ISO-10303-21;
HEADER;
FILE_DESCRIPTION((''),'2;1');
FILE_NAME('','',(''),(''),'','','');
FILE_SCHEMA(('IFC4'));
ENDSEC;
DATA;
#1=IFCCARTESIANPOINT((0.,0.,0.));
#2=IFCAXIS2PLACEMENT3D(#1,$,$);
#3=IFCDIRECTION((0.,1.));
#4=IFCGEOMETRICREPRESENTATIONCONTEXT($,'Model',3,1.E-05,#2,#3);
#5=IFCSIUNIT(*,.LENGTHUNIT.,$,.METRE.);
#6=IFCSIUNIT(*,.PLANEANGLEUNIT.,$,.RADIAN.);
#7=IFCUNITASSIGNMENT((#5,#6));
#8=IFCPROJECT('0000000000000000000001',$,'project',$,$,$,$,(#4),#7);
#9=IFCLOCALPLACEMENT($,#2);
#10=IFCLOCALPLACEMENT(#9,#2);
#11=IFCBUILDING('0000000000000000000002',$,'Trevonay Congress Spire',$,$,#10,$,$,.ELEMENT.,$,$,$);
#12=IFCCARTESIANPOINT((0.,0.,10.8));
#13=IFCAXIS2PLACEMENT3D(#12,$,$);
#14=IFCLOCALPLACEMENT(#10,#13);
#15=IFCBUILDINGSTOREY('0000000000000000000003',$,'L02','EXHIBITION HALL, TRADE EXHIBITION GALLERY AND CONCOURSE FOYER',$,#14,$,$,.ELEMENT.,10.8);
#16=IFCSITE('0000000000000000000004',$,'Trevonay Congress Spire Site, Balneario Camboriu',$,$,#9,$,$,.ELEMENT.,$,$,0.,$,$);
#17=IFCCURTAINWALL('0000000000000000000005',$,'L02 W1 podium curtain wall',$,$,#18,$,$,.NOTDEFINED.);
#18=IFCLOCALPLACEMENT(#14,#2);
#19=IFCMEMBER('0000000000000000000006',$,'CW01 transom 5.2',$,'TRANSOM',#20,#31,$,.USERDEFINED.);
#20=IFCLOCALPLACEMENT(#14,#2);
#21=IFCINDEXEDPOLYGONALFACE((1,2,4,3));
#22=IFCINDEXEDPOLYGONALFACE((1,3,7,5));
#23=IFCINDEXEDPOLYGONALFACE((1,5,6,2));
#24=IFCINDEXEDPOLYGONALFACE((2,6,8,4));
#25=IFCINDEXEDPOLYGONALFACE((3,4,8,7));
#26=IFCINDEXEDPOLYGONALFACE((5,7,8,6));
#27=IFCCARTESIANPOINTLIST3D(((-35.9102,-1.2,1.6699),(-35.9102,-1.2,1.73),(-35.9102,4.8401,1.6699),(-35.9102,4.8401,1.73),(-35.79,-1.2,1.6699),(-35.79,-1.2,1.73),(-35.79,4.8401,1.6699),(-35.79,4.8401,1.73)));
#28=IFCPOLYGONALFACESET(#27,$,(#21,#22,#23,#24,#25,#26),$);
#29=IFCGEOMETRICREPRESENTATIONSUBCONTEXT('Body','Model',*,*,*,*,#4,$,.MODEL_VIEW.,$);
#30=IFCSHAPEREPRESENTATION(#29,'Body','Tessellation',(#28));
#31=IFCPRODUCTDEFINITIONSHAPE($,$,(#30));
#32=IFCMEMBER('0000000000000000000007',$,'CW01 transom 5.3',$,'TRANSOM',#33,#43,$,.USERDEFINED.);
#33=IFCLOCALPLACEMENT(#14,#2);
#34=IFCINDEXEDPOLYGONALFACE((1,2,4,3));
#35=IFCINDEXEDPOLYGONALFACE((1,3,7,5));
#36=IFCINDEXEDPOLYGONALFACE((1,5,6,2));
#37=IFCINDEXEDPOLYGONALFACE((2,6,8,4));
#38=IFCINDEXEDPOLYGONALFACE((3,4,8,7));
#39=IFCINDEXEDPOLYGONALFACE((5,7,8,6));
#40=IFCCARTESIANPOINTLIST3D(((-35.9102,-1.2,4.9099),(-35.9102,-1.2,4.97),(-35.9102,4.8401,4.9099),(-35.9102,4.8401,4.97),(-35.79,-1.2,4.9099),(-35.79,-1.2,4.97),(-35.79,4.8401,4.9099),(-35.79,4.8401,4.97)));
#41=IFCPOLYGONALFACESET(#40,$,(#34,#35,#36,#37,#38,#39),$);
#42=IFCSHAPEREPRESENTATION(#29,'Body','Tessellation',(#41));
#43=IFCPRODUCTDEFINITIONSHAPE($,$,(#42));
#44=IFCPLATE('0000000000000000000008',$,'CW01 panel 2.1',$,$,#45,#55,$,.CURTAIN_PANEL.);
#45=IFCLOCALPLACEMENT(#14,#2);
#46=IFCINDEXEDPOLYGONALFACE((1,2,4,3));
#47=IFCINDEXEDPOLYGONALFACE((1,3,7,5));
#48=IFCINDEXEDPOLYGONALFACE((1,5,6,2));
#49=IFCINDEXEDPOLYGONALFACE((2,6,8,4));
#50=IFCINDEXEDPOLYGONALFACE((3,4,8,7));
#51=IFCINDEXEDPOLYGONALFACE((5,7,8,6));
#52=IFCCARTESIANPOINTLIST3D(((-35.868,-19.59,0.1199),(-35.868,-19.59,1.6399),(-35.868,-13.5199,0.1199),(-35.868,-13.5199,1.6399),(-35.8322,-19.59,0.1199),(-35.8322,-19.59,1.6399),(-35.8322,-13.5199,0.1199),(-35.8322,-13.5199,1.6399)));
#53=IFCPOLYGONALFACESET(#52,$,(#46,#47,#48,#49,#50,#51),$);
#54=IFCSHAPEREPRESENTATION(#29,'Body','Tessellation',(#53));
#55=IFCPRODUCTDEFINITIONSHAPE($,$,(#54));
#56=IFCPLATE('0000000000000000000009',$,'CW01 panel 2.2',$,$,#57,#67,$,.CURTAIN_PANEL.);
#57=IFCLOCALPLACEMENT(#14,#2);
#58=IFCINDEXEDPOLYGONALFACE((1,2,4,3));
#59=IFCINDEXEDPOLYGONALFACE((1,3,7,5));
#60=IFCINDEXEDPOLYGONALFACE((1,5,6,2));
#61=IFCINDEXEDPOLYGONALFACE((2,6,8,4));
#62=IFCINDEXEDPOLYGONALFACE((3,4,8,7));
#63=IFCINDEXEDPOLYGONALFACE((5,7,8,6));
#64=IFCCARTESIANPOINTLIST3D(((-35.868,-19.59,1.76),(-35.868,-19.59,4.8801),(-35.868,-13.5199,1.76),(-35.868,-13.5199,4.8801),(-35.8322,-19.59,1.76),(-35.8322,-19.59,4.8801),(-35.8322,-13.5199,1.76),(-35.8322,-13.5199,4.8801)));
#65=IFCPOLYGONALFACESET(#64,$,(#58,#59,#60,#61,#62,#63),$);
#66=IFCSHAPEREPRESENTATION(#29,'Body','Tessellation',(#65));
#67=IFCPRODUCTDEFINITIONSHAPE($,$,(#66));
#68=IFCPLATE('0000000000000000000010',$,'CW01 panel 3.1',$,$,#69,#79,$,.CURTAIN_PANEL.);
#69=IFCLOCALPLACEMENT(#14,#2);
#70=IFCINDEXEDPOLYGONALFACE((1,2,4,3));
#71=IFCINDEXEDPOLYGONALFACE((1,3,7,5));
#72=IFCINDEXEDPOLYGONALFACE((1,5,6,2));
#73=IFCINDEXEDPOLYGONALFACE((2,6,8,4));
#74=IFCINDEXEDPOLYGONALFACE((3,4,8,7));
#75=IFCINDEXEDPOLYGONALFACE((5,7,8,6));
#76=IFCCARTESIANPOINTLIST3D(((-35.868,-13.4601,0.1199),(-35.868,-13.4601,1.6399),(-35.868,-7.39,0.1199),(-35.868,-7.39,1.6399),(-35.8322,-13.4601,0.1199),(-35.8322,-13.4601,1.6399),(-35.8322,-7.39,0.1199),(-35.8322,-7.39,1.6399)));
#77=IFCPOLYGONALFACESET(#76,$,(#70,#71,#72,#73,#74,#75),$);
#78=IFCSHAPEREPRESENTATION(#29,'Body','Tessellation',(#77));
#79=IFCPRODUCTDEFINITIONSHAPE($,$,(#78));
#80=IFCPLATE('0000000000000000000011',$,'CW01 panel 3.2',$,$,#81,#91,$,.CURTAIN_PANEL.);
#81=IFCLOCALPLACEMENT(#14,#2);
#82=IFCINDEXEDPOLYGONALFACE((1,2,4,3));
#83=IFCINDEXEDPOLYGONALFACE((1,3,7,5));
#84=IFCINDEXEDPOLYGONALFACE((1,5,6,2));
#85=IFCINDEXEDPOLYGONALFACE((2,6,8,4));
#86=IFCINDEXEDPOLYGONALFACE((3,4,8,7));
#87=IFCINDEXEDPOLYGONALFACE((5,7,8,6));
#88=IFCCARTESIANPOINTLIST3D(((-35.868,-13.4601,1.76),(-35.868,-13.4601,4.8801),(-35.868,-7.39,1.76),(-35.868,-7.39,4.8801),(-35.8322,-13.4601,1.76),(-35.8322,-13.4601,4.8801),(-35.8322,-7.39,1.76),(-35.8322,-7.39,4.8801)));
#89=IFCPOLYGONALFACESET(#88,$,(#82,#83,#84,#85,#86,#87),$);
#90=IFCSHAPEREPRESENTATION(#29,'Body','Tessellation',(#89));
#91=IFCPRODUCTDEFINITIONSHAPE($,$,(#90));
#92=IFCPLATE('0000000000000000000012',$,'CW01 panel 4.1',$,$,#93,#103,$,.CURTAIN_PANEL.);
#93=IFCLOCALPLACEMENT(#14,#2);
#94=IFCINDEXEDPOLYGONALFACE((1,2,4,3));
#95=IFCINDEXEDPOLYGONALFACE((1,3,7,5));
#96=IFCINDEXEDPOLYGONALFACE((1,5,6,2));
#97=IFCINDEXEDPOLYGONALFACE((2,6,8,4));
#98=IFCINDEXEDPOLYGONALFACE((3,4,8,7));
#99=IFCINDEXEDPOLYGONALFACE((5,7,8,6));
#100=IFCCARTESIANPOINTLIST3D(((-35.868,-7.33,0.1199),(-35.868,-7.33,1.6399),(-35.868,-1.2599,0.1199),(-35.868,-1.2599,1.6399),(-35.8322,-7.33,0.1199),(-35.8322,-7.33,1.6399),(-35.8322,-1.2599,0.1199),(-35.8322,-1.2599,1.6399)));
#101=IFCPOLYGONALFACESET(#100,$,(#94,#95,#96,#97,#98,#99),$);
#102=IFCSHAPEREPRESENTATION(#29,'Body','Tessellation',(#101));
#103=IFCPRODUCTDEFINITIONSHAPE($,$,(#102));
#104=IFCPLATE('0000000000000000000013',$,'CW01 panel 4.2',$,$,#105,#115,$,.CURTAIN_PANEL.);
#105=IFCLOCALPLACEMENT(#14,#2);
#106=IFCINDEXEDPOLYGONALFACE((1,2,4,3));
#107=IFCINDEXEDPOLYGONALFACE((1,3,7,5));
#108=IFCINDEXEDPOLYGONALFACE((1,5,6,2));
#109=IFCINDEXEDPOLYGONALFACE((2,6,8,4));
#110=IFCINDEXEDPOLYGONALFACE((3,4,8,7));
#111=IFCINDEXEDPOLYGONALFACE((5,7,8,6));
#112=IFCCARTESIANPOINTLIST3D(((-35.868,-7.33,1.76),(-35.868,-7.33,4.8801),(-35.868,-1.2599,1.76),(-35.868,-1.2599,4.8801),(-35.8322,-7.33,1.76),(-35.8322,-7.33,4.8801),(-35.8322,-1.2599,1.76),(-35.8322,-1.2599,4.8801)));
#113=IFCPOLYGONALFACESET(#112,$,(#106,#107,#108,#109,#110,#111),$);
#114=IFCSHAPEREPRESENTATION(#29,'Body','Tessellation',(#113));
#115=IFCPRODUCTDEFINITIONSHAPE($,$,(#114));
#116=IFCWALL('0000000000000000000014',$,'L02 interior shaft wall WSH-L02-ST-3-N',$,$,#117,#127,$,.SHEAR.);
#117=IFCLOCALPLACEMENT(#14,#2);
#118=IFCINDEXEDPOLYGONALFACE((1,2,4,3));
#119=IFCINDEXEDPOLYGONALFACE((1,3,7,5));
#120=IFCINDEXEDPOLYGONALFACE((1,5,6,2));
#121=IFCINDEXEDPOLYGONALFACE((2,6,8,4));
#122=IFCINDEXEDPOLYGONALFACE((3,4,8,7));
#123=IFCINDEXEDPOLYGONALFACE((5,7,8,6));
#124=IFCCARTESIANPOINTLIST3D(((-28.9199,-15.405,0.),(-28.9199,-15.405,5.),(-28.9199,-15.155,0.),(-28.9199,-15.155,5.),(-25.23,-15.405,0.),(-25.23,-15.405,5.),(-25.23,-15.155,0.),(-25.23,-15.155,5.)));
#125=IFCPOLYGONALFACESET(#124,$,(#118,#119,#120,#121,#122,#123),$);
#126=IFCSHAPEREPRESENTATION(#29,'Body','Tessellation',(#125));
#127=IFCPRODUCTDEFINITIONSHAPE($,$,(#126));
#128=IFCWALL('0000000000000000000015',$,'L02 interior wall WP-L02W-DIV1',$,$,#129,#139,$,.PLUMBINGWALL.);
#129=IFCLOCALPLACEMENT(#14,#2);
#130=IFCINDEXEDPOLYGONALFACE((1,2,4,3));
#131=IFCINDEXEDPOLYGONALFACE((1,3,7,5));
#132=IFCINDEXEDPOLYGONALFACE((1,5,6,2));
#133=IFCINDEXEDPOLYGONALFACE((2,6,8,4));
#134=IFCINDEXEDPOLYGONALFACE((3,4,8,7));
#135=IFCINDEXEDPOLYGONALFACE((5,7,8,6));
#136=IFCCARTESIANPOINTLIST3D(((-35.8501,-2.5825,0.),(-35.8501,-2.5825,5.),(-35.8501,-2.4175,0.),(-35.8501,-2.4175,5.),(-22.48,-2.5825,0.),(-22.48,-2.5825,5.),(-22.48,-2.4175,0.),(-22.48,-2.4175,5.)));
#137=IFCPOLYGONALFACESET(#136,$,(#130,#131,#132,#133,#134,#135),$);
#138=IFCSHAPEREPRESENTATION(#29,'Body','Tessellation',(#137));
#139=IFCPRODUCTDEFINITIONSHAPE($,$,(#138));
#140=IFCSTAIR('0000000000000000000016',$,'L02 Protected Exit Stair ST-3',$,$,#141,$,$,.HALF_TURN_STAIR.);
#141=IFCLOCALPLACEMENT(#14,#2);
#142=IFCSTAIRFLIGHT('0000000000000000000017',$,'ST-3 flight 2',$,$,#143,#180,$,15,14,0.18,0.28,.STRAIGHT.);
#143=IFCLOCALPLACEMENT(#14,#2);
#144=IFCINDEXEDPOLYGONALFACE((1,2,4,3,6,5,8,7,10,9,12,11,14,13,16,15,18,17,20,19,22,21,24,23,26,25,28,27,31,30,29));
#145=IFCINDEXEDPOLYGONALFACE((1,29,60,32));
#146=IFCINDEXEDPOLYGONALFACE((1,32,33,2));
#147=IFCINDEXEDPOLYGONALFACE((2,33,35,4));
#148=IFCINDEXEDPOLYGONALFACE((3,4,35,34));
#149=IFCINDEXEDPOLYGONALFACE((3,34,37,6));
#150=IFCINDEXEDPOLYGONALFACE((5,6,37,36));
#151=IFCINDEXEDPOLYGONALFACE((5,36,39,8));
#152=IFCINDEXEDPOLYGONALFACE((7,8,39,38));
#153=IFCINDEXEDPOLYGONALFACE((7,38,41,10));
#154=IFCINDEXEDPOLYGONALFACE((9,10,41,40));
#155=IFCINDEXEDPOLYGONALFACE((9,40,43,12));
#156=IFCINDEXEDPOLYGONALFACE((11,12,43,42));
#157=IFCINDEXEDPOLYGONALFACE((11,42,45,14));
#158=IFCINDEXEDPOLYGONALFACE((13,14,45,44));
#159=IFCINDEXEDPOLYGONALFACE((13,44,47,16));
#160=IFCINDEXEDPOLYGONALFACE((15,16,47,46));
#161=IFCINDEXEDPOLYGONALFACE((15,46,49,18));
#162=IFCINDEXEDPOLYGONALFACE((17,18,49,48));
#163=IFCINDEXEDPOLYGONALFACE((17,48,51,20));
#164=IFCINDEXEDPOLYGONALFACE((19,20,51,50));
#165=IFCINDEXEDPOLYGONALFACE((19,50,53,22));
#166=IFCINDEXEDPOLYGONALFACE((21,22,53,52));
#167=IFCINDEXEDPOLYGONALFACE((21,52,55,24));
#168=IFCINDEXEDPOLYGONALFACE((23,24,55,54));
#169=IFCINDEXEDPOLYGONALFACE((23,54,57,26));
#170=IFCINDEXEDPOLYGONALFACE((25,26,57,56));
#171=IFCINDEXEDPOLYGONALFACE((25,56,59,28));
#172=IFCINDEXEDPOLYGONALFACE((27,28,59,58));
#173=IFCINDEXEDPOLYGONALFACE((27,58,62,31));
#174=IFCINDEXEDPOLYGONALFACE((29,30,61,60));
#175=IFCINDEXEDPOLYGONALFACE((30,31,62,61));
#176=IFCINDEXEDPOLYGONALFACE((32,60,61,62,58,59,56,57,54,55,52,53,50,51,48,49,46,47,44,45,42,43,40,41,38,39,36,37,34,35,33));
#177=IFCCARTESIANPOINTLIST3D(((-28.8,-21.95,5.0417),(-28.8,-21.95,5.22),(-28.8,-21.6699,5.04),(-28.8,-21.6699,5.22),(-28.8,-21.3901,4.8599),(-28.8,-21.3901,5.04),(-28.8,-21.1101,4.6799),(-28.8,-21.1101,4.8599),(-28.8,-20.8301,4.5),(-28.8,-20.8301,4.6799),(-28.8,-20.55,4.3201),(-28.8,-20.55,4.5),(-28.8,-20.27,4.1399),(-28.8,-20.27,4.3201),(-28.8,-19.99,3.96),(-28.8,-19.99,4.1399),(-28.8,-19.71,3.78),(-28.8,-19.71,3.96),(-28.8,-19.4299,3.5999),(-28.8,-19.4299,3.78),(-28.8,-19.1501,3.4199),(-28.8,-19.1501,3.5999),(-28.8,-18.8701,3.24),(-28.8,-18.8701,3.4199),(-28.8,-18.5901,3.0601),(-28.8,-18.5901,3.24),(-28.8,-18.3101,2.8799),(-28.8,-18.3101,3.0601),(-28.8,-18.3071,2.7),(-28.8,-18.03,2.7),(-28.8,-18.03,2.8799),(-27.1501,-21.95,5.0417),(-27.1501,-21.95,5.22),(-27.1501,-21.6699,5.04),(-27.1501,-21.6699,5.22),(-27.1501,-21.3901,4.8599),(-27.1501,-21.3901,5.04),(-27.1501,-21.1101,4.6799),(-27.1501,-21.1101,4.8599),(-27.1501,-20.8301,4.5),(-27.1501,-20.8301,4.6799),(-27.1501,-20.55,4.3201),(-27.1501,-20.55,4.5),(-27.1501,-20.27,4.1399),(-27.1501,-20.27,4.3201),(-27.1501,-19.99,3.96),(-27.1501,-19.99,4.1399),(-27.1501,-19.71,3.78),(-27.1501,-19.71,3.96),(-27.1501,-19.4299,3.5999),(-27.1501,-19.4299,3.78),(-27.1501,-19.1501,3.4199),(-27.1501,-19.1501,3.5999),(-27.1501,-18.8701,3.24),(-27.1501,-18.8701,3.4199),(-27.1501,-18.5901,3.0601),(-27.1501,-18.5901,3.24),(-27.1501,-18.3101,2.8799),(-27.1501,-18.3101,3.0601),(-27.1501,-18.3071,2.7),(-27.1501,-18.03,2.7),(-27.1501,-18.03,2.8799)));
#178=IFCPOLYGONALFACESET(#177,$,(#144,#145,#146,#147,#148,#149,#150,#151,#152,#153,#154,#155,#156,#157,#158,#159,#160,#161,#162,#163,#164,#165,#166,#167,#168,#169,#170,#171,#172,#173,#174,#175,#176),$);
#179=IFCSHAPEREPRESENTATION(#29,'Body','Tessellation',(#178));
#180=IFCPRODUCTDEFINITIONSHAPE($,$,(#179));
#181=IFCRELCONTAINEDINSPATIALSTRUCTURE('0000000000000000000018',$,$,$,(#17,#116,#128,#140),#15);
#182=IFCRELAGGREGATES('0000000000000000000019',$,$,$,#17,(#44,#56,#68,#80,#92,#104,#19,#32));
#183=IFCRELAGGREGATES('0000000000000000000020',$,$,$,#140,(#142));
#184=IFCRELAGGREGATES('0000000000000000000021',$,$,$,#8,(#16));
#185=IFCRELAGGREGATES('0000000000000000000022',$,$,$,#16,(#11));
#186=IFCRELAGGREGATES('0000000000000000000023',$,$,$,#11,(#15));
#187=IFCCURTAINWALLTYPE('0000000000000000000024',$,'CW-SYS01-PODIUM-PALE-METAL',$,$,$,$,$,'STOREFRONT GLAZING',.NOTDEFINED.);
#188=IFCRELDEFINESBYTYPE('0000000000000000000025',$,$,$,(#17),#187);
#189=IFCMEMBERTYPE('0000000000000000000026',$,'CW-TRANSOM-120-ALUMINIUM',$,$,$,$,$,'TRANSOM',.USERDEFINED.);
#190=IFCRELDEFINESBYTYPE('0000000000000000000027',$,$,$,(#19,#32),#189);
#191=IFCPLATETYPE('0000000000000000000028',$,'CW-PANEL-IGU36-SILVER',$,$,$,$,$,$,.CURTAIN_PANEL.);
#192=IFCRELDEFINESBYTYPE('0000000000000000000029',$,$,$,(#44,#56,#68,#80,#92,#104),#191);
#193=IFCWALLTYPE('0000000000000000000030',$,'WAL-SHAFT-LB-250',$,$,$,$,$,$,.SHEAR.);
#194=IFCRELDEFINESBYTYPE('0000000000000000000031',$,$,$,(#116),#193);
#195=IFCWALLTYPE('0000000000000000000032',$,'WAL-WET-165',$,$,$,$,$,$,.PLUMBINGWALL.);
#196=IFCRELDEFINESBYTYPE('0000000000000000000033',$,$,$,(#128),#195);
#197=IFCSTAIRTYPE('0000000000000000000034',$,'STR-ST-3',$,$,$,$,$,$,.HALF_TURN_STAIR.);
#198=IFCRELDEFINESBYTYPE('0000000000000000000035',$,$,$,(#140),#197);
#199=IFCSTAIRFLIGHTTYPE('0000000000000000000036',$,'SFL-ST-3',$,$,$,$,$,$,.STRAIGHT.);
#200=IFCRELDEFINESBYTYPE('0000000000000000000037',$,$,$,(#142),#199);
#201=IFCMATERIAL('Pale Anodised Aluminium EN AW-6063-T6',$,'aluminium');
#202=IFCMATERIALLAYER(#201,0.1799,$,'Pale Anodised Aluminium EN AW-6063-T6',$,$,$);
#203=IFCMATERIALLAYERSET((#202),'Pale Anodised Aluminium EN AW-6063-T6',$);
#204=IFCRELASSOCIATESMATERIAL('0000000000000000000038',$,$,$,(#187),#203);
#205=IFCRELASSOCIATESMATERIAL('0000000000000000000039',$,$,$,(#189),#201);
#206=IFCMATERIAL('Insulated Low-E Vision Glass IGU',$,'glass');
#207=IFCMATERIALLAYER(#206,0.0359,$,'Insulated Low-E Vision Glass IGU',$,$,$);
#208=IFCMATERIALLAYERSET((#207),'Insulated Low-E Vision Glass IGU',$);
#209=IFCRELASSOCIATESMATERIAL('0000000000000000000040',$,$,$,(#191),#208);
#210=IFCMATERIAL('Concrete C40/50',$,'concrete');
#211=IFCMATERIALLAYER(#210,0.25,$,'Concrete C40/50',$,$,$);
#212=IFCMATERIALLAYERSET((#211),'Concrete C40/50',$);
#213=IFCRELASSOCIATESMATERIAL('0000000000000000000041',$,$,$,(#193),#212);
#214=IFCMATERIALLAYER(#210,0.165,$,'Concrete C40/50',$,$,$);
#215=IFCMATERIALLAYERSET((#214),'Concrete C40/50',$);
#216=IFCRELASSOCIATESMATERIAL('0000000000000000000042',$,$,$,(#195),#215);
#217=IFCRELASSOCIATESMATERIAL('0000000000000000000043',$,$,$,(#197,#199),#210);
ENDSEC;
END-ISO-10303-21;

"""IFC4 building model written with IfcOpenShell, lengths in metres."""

from ifc_helpers import new_model, si_unit, direction, frame, frame_2d, origin, origin_2d, place, context, subcontext, project, spatial, polyline, rectangle, outline, extrude, material, layer, layer_set, material_profile, profile_set, type_object, element, aggregate, save


model = new_model("IFC4")

# Units and contexts
model_context = context("Model", 3, precision=1e-05, world=origin(), true_north=direction((0.0, 1.0)))
body_context = subcontext(model_context, "Body", "Model", "MODEL_VIEW")
ifc_project = project(units=[si_unit("LENGTHUNIT", "METRE"), si_unit("PLANEANGLEUNIT", "RADIAN")], contexts=[model_context])

# Site, building, storey
site_placement = place(None, origin())
site = spatial("IfcSite", under=ifc_project, at=site_placement, Name="Trevonay Congress Spire Site, Balneario Camboriu", CompositionType="ELEMENT", RefElevation=0.0)
building_placement = place(site_placement, origin())
building = spatial("IfcBuilding", under=site, at=building_placement, Name="Trevonay Congress Spire", CompositionType="ELEMENT")
storey_placement = place(building_placement, frame((0.0, 0.0, 10.8)))
storey = spatial("IfcBuildingStorey", under=building, at=storey_placement, Name="L02", Description="EXHIBITION HALL, TRADE EXHIBITION GALLERY AND CONCOURSE FOYER", CompositionType="ELEMENT", Elevation=10.8)

# Curtain wall, members, plates
ifc_material_1 = material(Name="Pale Anodised Aluminium EN AW-6063-T6", Category="aluminium")
ifc_layer_1 = layer(ifc_material_1, 0.1799, Name="Pale Anodised Aluminium EN AW-6063-T6")
ifc_layer_set_1 = layer_set([ifc_layer_1], Name="Pale Anodised Aluminium EN AW-6063-T6")
curtain_wall_type = type_object("IfcCurtainWallType", Name="CW-SYS01-PODIUM-PALE-METAL", ElementType="STOREFRONT GLAZING", PredefinedType="NOTDEFINED", material=ifc_layer_set_1)
curtain_wall_placement = place(storey_placement, origin())
curtain_wall = element("IfcCurtainWall", 1, at=curtain_wall_placement, inside=storey, type_object=curtain_wall_type, Name="L02 W1 podium curtain wall", PredefinedType="NOTDEFINED")
ifc_material_profile_1 = material_profile(ifc_material_1, rectangle(XDim=0.1201, YDim=0.0601, at=origin_2d()), Name="CW-TRANSOM-120-ALUMINIUM")
ifc_profile_set_1 = profile_set([ifc_material_profile_1], Name="Pale Anodised Aluminium EN AW-6063-T6")
member_type_1 = type_object("IfcMemberType", Name="CW-TRANSOM-120-ALUMINIUM", ElementType="TRANSOM", PredefinedType="USERDEFINED", material=ifc_profile_set_1)
member_1_placement = place(storey_placement, frame((-35.8501, -1.2, 1.7), z_axis=(0.0, 1.0, 0.0), x_axis=(-1.0, 0.0, 0.0)))
member_1 = element("IfcMember", 2, at=member_1_placement, type_object=member_type_1, Name="CW01 transom 5.2", ObjectType="TRANSOM", PredefinedType="USERDEFINED", context=body_context, shape_type="SweptSolid", body=[
    extrude(rectangle(XDim=0.1201, YDim=0.0601, at=origin_2d()), origin(), (0.0, 0.0, 1.0), 6.04),
])
member_2_placement = place(storey_placement, frame((-35.8501, -1.2, 4.9399), z_axis=(0.0, 1.0, 0.0), x_axis=(-1.0, 0.0, 0.0)))
member_2 = element("IfcMember", 3, at=member_2_placement, type_object=member_type_1, Name="CW01 transom 5.3", ObjectType="TRANSOM", PredefinedType="USERDEFINED", context=body_context, shape_type="SweptSolid", body=[
    extrude(rectangle(XDim=0.1201, YDim=0.0601, at=origin_2d()), origin(), (0.0, 0.0, 1.0), 6.04),
])
ifc_material_2 = material(Name="Insulated Low-E Vision Glass IGU", Category="glass")
ifc_layer_2 = layer(ifc_material_2, 0.0359, Name="Insulated Low-E Vision Glass IGU")
ifc_layer_set_2 = layer_set([ifc_layer_2], Name="Insulated Low-E Vision Glass IGU")
plate_type = type_object("IfcPlateType", Name="CW-PANEL-IGU36-SILVER", PredefinedType="CURTAIN_PANEL", material=ifc_layer_set_2)
plate_1_placement = place(storey_placement, frame((-35.8501, -16.5549, 0.1199), z_axis=(0.0, 0.0, 1.0), x_axis=(0.0, 1.0, 0.0)))
plate_1 = element("IfcPlate", 4, at=plate_1_placement, type_object=plate_type, Name="CW01 panel 2.1", PredefinedType="CURTAIN_PANEL", context=body_context, shape_type="SweptSolid", body=[
    extrude(rectangle(XDim=6.0701, YDim=0.0359, at=origin_2d()), origin(), (0.0, 0.0, 1.0), 1.52),
])
plate_2_placement = place(storey_placement, frame((-35.8501, -16.5549, 1.76), z_axis=(0.0, 0.0, 1.0), x_axis=(0.0, 1.0, 0.0)))
plate_2 = element("IfcPlate", 5, at=plate_2_placement, type_object=plate_type, Name="CW01 panel 2.2", PredefinedType="CURTAIN_PANEL", context=body_context, shape_type="SweptSolid", body=[
    extrude(rectangle(XDim=6.0701, YDim=0.0359, at=origin_2d()), origin(), (0.0, 0.0, 1.0), 3.1201),
])
plate_3_placement = place(storey_placement, frame((-35.8501, -10.425, 0.1199), z_axis=(0.0, 0.0, 1.0), x_axis=(0.0, 1.0, 0.0)))
plate_3 = element("IfcPlate", 6, at=plate_3_placement, type_object=plate_type, Name="CW01 panel 3.1", PredefinedType="CURTAIN_PANEL", context=body_context, shape_type="SweptSolid", body=[
    extrude(rectangle(XDim=6.0701, YDim=0.0359, at=origin_2d()), origin(), (0.0, 0.0, 1.0), 1.52),
])
plate_4_placement = place(storey_placement, frame((-35.8501, -10.425, 1.76), z_axis=(0.0, 0.0, 1.0), x_axis=(0.0, 1.0, 0.0)))
plate_4 = element("IfcPlate", 7, at=plate_4_placement, type_object=plate_type, Name="CW01 panel 3.2", PredefinedType="CURTAIN_PANEL", context=body_context, shape_type="SweptSolid", body=[
    extrude(rectangle(XDim=6.0701, YDim=0.0359, at=origin_2d()), origin(), (0.0, 0.0, 1.0), 3.1201),
])
plate_5_placement = place(storey_placement, frame((-35.8501, -4.2949, 0.1199), z_axis=(0.0, 0.0, 1.0), x_axis=(0.0, 1.0, 0.0)))
plate_5 = element("IfcPlate", 8, at=plate_5_placement, type_object=plate_type, Name="CW01 panel 4.1", PredefinedType="CURTAIN_PANEL", context=body_context, shape_type="SweptSolid", body=[
    extrude(rectangle(XDim=6.0701, YDim=0.0359, at=origin_2d()), origin(), (0.0, 0.0, 1.0), 1.52),
])
plate_6_placement = place(storey_placement, frame((-35.8501, -4.2949, 1.76), z_axis=(0.0, 0.0, 1.0), x_axis=(0.0, 1.0, 0.0)))
plate_6 = element("IfcPlate", 9, at=plate_6_placement, type_object=plate_type, Name="CW01 panel 4.2", PredefinedType="CURTAIN_PANEL", context=body_context, shape_type="SweptSolid", body=[
    extrude(rectangle(XDim=6.0701, YDim=0.0359, at=origin_2d()), origin(), (0.0, 0.0, 1.0), 3.1201),
])
aggregate(curtain_wall, [plate_1, plate_2, plate_3, plate_4, plate_5, plate_6, member_1, member_2])

# Walls
ifc_material_3 = material(Name="Concrete C40/50", Category="concrete")
ifc_layer_3 = layer(ifc_material_3, 0.25, Name="Concrete C40/50")
ifc_layer_set_3 = layer_set([ifc_layer_3], Name="Concrete C40/50")
wall_type_1 = type_object("IfcWallType", Name="WAL-SHAFT-LB-250", PredefinedType="SHEAR", material=ifc_layer_set_3)
wall_1_placement = place(storey_placement, frame((-28.9199, -15.28, 0.0), z_axis=(0.0, 0.0, 1.0), x_axis=(1.0, 0.0, 0.0)))
element("IfcWall", 10, at=wall_1_placement, inside=storey, type_object=wall_type_1, Name="L02 interior shaft wall WSH-L02-ST-3-N", PredefinedType="SHEAR", context=body_context, shape_type="SweptSolid", body=[
    extrude(rectangle(XDim=3.6899, YDim=0.25, at=frame_2d((1.845, 0.0))), origin(), (0.0, 0.0, 1.0), 5.0),
])
ifc_layer_4 = layer(ifc_material_3, 0.165, Name="Concrete C40/50")
ifc_layer_set_4 = layer_set([ifc_layer_4], Name="Concrete C40/50")
wall_type_2 = type_object("IfcWallType", Name="WAL-WET-165", PredefinedType="PLUMBINGWALL", material=ifc_layer_set_4)
wall_2_placement = place(storey_placement, frame((-35.8501, -2.5, 0.0), z_axis=(0.0, 0.0, 1.0), x_axis=(1.0, 0.0, 0.0)))
element("IfcWall", 11, at=wall_2_placement, inside=storey, type_object=wall_type_2, Name="L02 interior wall WP-L02W-DIV1", PredefinedType="PLUMBINGWALL", context=body_context, shape_type="SweptSolid", body=[
    extrude(rectangle(XDim=13.3701, YDim=0.165, at=frame_2d((6.6851, 0.0))), origin(), (0.0, 0.0, 1.0), 5.0),
])

# Stair, stair flight
stair_type = type_object("IfcStairType", Name="STR-ST-3", PredefinedType="HALF_TURN_STAIR", material=ifc_material_3)
stair_placement = place(storey_placement, origin())
stair = element("IfcStair", 12, at=stair_placement, inside=storey, type_object=stair_type, Name="L02 Protected Exit Stair ST-3", PredefinedType="HALF_TURN_STAIR")
stair_flight_type = type_object("IfcStairFlightType", Name="SFL-ST-3", PredefinedType="STRAIGHT", material=ifc_material_3)
stair_flight_placement = place(storey_placement, frame((-27.9751, -18.03, 2.7), z_axis=(0.0, 0.0, 1.0), x_axis=(0.0, -1.0, 0.0)))
stair_flight = element("IfcStairFlight", 13, at=stair_flight_placement, type_object=stair_flight_type, Name="ST-3 flight 2", NumberOfRisers=15, NumberOfTreads=14, PredefinedType="STRAIGHT", RiserHeight=0.18, TreadLength=0.28, context=body_context, shape_type="SweptSolid", body=[
    extrude(outline(polyline([(0.0, 0.0), (0.0, 0.1799), (0.28, 0.1799), (0.28, 0.3601), (0.5601, 0.3601), (0.5601, 0.54), (0.8401, 0.54), (0.8401, 0.72), (1.1201, 0.72), (1.1201, 0.8999), (1.3999, 0.8999), (1.3999, 1.0801), (1.6799, 1.0801), (1.6799, 1.26), (1.96, 1.26), (1.96, 1.4399), (2.24, 1.4399), (2.24, 1.6201), (2.52, 1.6201), (2.52, 1.8), (2.8, 1.8), (2.8, 1.98), (3.0801, 1.98), (3.0801, 2.1599), (3.3601, 2.1599), (3.3601, 2.3401), (3.6399, 2.3401), (3.6399, 2.52), (3.9199, 2.52), (3.9199, 2.7), (3.9199, 2.3418), (0.2771, 0.0), (0.0, 0.0)])), frame((0.0, 0.825, 0.0), z_axis=(0.0, -1.0, 0.0), x_axis=(1.0, 0.0, 0.0)), (0.0, 0.0, 1.0), 1.6499),
])
aggregate(stair, [stair_flight])

save(model, "model.ifc")
